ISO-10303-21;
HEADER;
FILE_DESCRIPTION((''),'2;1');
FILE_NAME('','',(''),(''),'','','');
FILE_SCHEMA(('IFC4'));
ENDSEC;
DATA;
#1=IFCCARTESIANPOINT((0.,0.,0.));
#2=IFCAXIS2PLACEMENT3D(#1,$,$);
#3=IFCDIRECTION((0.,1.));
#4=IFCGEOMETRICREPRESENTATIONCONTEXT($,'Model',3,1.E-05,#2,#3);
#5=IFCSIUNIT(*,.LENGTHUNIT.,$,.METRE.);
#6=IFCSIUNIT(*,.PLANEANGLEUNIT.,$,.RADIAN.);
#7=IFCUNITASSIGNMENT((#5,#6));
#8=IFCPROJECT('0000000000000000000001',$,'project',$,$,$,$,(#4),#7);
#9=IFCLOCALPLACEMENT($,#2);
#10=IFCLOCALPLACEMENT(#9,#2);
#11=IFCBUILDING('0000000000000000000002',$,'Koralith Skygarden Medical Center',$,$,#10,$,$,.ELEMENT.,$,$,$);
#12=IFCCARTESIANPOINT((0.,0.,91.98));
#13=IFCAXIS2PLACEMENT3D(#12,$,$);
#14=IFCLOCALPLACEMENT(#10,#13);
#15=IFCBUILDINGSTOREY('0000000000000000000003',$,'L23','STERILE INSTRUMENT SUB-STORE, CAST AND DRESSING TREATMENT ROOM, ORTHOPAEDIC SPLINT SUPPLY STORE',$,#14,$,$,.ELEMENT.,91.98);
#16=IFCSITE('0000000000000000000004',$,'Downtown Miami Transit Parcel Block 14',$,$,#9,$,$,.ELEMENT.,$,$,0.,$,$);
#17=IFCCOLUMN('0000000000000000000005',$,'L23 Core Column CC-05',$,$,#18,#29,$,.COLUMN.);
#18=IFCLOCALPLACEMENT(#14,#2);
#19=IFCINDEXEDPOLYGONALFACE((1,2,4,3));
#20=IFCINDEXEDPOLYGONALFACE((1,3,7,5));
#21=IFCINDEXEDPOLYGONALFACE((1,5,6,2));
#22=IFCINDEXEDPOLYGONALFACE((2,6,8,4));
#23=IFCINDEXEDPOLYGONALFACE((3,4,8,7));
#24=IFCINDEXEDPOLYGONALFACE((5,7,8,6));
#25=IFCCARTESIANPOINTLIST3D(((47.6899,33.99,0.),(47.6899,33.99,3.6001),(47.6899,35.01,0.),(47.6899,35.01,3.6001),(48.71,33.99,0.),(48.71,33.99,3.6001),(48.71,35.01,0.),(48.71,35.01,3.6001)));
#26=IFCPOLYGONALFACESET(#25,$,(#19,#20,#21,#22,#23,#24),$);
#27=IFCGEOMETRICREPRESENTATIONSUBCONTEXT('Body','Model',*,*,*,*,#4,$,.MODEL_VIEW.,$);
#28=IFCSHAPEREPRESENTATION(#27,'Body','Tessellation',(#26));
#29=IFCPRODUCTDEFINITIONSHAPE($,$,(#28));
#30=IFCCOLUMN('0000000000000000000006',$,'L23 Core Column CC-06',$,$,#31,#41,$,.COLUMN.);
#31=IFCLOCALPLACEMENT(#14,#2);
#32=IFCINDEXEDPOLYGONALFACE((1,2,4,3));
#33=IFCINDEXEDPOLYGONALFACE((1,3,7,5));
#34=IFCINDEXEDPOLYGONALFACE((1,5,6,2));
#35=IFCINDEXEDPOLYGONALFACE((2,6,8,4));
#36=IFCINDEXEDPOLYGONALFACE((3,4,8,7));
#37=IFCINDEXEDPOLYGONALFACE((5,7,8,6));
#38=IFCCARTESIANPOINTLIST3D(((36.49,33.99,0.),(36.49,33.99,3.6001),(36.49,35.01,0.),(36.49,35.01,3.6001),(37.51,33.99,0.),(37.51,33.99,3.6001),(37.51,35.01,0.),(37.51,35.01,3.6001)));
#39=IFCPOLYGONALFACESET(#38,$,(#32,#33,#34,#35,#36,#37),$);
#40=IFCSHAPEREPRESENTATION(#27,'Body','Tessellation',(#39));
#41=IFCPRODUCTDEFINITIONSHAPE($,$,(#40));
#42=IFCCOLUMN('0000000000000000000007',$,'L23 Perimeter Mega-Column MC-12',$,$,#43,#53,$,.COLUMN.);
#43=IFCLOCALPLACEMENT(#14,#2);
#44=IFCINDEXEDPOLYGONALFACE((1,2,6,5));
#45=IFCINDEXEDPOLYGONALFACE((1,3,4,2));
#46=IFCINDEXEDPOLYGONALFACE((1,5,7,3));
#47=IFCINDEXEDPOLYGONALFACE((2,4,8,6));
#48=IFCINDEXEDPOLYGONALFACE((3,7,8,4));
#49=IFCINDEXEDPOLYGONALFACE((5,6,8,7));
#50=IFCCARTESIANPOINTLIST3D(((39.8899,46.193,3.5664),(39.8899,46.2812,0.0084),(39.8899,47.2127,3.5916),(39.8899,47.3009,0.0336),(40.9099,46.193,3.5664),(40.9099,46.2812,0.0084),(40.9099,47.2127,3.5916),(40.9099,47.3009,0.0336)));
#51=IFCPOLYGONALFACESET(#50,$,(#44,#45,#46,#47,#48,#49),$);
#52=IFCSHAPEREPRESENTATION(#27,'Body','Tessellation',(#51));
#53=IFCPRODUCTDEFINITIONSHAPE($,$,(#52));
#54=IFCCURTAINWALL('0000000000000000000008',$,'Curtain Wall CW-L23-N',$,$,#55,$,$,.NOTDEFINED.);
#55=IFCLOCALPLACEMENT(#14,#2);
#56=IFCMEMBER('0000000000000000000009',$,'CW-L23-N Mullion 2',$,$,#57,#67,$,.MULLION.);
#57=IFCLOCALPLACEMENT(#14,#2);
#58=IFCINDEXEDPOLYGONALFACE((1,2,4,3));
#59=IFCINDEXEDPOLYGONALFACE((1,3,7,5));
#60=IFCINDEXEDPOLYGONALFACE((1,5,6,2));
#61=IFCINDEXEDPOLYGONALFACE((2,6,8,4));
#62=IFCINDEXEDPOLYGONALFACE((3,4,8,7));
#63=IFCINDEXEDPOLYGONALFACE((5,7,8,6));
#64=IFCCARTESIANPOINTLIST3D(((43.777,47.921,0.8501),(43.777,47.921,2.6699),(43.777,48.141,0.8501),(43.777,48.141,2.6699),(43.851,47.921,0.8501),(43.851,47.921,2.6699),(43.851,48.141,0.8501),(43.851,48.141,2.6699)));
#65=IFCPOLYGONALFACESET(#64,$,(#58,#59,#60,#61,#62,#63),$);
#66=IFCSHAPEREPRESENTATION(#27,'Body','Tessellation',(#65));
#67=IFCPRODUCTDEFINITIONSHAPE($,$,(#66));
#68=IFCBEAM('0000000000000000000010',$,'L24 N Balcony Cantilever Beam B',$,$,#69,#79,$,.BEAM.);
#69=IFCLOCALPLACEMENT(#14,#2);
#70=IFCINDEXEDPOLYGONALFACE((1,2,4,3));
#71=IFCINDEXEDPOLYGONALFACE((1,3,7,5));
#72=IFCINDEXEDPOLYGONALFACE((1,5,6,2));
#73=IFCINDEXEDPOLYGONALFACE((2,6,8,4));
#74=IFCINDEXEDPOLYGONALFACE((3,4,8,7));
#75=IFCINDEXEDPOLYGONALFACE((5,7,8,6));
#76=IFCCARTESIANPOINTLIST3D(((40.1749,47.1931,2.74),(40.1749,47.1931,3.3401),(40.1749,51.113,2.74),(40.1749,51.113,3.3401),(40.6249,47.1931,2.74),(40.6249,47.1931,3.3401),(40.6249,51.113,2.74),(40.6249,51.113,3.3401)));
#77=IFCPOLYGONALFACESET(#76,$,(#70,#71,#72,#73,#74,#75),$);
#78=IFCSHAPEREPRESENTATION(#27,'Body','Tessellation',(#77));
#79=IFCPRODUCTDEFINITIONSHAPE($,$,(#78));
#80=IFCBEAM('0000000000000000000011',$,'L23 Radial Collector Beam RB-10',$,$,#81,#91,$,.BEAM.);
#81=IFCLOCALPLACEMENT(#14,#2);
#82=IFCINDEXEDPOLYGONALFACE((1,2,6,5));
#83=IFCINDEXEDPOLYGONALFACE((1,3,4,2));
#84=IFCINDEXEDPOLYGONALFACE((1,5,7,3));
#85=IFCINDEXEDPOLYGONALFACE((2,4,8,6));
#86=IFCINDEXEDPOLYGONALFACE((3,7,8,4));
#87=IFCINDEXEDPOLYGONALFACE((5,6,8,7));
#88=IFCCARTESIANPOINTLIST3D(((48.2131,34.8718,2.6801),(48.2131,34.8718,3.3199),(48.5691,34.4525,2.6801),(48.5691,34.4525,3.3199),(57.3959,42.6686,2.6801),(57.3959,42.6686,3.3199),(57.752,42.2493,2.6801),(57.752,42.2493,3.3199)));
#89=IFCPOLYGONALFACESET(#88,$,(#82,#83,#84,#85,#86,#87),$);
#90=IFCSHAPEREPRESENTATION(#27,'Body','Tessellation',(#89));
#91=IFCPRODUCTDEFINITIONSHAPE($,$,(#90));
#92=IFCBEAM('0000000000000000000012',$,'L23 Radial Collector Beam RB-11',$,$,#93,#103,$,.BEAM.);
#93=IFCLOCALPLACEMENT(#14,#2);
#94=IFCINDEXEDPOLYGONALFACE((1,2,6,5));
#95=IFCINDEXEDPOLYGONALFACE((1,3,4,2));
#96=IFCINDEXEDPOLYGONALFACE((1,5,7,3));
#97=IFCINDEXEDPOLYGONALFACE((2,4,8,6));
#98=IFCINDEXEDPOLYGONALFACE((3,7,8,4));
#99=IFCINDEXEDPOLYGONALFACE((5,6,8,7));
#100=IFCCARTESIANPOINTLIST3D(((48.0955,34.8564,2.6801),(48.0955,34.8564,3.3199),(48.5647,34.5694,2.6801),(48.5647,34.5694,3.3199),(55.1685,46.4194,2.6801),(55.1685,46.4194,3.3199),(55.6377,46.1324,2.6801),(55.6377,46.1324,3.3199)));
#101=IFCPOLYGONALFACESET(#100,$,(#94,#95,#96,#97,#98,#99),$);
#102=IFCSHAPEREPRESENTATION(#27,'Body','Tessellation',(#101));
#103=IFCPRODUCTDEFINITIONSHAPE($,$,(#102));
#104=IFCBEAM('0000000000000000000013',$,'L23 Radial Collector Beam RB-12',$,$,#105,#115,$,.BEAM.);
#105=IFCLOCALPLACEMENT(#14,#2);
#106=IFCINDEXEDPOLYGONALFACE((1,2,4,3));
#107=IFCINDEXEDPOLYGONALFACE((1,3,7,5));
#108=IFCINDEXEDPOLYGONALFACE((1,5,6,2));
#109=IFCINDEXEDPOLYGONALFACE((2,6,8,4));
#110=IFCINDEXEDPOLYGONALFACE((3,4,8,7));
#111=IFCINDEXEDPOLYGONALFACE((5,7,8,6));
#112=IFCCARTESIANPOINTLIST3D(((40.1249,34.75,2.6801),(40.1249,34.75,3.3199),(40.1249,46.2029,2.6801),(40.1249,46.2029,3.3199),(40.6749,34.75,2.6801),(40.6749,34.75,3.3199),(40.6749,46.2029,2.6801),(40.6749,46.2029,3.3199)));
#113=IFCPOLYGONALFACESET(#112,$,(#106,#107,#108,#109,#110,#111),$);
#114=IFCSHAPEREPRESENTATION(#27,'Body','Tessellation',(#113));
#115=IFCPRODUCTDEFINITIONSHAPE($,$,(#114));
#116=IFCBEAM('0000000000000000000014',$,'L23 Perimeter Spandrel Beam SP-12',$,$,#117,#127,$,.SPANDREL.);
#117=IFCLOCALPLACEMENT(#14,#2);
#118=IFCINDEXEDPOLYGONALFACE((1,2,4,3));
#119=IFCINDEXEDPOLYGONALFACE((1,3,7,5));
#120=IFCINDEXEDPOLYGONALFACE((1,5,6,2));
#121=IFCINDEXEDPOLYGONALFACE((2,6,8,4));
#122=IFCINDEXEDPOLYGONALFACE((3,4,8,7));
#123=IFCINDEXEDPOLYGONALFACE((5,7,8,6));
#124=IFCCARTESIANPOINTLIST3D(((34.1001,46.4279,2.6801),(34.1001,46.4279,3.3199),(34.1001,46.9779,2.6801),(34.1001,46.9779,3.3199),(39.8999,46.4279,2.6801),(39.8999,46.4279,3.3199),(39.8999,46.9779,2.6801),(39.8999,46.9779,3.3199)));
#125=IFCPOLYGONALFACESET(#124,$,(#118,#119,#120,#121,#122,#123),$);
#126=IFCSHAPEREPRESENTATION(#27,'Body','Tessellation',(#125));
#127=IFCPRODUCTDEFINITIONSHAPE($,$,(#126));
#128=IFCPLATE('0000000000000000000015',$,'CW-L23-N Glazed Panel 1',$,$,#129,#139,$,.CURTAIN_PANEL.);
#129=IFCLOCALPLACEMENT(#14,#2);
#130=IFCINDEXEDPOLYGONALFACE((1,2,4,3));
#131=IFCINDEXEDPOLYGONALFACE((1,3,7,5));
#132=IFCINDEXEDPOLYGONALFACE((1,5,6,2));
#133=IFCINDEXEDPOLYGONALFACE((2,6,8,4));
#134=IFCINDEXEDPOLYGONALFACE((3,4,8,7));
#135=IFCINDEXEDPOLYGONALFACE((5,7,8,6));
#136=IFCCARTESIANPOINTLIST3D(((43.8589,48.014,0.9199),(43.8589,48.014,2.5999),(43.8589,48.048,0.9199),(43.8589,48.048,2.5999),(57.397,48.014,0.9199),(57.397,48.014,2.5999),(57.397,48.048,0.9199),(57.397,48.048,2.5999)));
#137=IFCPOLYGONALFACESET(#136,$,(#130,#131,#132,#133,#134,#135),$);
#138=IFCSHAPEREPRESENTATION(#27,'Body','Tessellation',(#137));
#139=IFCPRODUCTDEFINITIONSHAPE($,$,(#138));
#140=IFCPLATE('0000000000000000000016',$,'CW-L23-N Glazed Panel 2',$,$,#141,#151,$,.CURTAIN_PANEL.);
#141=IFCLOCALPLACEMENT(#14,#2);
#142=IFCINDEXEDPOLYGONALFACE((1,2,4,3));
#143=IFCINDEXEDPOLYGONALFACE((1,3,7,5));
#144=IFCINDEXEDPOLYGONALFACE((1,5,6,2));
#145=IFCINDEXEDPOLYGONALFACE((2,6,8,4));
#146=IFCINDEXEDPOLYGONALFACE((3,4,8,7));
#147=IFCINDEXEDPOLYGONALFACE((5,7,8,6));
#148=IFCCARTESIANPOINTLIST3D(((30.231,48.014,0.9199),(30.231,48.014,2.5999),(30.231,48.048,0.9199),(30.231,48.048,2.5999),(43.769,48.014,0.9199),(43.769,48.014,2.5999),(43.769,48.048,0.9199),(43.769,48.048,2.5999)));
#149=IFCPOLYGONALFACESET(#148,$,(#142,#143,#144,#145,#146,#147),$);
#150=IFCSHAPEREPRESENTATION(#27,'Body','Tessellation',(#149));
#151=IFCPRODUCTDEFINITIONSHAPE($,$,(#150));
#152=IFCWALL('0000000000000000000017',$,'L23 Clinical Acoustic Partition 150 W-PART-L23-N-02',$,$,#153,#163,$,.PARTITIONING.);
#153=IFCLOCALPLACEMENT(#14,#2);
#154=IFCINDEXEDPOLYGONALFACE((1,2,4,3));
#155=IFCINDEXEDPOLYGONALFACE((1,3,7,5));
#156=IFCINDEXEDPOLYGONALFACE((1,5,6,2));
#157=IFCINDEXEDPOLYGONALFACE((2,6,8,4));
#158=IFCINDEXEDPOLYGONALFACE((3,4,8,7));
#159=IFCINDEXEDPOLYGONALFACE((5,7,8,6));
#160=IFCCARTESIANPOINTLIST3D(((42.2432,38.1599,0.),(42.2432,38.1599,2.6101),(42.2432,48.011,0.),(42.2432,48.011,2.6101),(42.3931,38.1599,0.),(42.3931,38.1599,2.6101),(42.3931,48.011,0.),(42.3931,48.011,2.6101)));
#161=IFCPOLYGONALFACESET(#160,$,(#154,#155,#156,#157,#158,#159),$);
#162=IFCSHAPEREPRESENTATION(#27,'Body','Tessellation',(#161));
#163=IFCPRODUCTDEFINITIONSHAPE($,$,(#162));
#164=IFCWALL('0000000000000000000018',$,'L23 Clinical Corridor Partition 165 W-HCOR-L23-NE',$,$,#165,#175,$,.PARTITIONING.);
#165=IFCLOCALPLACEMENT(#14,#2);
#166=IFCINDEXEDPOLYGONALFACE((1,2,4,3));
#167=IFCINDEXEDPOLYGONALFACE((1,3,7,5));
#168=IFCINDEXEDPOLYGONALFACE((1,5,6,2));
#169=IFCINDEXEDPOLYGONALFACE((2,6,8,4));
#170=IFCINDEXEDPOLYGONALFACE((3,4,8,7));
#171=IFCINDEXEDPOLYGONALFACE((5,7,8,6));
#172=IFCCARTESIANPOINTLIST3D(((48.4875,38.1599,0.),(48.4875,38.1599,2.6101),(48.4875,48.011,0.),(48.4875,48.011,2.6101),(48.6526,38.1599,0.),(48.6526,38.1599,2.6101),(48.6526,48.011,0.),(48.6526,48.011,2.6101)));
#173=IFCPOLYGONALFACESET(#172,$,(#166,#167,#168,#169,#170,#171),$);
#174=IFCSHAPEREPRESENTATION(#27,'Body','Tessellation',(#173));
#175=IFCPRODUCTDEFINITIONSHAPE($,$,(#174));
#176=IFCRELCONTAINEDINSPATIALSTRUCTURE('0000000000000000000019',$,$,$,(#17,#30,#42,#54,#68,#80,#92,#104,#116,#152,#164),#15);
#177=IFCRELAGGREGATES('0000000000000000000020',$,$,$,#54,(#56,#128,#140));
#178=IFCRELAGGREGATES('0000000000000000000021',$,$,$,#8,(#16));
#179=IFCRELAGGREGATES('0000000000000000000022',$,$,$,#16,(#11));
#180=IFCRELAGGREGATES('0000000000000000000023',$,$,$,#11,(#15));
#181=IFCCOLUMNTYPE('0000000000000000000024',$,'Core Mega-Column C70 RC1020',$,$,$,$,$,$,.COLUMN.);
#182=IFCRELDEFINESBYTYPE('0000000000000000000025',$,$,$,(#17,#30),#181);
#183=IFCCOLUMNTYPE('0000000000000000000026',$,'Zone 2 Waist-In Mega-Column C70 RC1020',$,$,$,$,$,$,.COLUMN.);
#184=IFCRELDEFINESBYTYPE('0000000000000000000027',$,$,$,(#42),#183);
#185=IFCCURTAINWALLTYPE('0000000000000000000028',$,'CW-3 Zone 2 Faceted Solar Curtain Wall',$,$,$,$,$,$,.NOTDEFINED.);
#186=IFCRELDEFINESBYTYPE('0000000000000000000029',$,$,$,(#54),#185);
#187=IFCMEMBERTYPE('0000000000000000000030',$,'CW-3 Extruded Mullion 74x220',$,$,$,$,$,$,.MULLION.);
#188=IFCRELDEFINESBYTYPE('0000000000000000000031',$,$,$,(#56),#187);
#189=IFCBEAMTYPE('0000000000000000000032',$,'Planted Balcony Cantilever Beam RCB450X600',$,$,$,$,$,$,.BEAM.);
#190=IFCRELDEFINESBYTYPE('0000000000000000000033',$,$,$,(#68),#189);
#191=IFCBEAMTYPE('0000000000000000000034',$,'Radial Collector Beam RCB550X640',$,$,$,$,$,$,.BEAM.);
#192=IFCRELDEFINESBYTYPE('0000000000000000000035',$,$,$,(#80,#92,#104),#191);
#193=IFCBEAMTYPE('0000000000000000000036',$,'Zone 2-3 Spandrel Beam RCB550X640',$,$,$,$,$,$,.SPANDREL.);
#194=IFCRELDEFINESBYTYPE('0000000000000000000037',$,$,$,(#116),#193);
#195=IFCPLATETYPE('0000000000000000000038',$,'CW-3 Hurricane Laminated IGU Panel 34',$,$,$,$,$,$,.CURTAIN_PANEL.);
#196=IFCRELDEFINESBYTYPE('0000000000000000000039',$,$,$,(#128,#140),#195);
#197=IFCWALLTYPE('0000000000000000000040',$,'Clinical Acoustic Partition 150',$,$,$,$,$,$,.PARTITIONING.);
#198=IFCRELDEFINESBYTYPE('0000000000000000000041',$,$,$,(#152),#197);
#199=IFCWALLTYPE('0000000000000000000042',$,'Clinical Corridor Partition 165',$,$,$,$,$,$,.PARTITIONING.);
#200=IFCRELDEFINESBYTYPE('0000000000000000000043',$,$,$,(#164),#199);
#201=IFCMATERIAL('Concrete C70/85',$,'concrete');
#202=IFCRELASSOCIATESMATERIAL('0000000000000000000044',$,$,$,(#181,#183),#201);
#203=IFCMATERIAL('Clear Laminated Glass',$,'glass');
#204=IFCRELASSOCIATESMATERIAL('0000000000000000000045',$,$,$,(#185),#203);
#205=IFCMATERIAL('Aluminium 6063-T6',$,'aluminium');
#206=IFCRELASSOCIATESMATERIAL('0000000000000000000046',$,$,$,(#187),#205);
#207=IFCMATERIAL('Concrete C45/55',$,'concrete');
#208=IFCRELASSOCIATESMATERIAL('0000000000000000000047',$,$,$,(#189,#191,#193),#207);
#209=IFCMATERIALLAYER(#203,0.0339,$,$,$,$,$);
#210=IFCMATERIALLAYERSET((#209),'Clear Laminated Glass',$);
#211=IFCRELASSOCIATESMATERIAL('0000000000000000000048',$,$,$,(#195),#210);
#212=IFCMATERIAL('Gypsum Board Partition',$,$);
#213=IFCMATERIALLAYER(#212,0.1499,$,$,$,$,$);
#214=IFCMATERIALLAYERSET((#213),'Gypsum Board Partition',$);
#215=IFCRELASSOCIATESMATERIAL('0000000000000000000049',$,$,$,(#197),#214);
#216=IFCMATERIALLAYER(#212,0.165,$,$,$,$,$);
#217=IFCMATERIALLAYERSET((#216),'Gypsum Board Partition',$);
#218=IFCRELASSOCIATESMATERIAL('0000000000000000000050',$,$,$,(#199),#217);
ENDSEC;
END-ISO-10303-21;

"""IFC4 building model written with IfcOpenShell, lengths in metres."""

from ifc_helpers import new_model, si_unit, direction, frame, frame_2d, origin, origin_2d, place, context, subcontext, project, spatial, rectangle, extrude, material, layer, layer_set, material_profile, profile_set, type_object, element, aggregate, save


model = new_model("IFC4")

# Units and contexts
model_context = context("Model", 3, precision=1e-05, world=origin(), true_north=direction((0.0, 1.0)))
body_context = subcontext(model_context, "Body", "Model", "MODEL_VIEW")
ifc_project = project(units=[si_unit("LENGTHUNIT", "METRE"), si_unit("PLANEANGLEUNIT", "RADIAN")], contexts=[model_context])

# Site, building, storey
site_placement = place(None, origin())
site = spatial("IfcSite", under=ifc_project, at=site_placement, Name="Downtown Miami Transit Parcel Block 14", CompositionType="ELEMENT", RefElevation=0.0)
building_placement = place(site_placement, origin())
building = spatial("IfcBuilding", under=site, at=building_placement, Name="Koralith Skygarden Medical Center", CompositionType="ELEMENT")
storey_placement = place(building_placement, frame((0.0, 0.0, 91.98)))
storey = spatial("IfcBuildingStorey", under=building, at=storey_placement, Name="L23", Description="STERILE INSTRUMENT SUB-STORE, CAST AND DRESSING TREATMENT ROOM, ORTHOPAEDIC SPLINT SUPPLY STORE", CompositionType="ELEMENT", Elevation=91.98)

# Columns
ifc_material_1 = material(Name="Concrete C70/85", Category="concrete")
ifc_material_profile_1 = material_profile(ifc_material_1, rectangle(XDim=1.02, YDim=1.02, at=origin_2d()), Name="RC1020X1020")
ifc_profile_set_1 = profile_set([ifc_material_profile_1], Name="Concrete C70/85")
column_type_1 = type_object("IfcColumnType", Name="Core Mega-Column C70 RC1020", PredefinedType="COLUMN", material=ifc_profile_set_1)
for number, where, z_axis, x_axis, name in (
    (1, (48.2, 34.5, 0.0), (0.0, 0.0, 1.0), (1.0, 0.0, 0.0), "L23 Core Column CC-05"),
    (2, (37.0, 34.5, 0.0), (0.0, 0.0, 1.0), (1.0, 0.0, 0.0), "L23 Core Column CC-06"),
):
    element("IfcColumn", number, at=place(storey_placement, frame(where, z_axis=z_axis, x_axis=x_axis)), inside=storey, type_object=column_type_1, Name=name, PredefinedType="COLUMN", context=body_context, shape_type="SweptSolid", body=[
        extrude(rectangle(XDim=1.02, YDim=1.02, at=origin_2d()), origin(), (0.0, 0.0, 1.0), 3.6001),
    ])
ifc_material_profile_2 = material_profile(ifc_material_1, rectangle(XDim=1.02, YDim=1.02, at=origin_2d()), Name="RC1020X1020")
ifc_profile_set_2 = profile_set([ifc_material_profile_2], Name="Concrete C70/85")
column_type_2 = type_object("IfcColumnType", Name="Zone 2 Waist-In Mega-Column C70 RC1020", PredefinedType="COLUMN", material=ifc_profile_set_2)
column_placement = place(storey_placement, frame((40.3999, 46.791, 0.021), z_axis=(0.0, -0.024763, 0.999693), x_axis=(1.0, 0.0, 0.0)))
element("IfcColumn", 3, at=column_placement, inside=storey, type_object=column_type_2, Name="L23 Perimeter Mega-Column MC-12", PredefinedType="COLUMN", context=body_context, shape_type="SweptSolid", body=[
    extrude(rectangle(XDim=1.02, YDim=1.02, at=origin_2d()), origin(), (0.0, 0.0, 1.0), 3.5591),
])

# Curtain wall, member
ifc_material_2 = material(Name="Clear Laminated Glass", Category="glass")
curtain_wall_type = type_object("IfcCurtainWallType", Name="CW-3 Zone 2 Faceted Solar Curtain Wall", PredefinedType="NOTDEFINED", material=ifc_material_2)
curtain_wall_placement = place(storey_placement, origin())
curtain_wall = element("IfcCurtainWall", 4, at=curtain_wall_placement, inside=storey, type_object=curtain_wall_type, Name="Curtain Wall CW-L23-N", PredefinedType="NOTDEFINED")
ifc_material_3 = material(Name="Aluminium 6063-T6", Category="aluminium")
ifc_material_profile_3 = material_profile(ifc_material_3, rectangle(XDim=0.074, YDim=0.22, at=origin_2d()), Name="MUL74X220")
ifc_profile_set_3 = profile_set([ifc_material_profile_3], Name="Aluminium 6063-T6")
member_type = type_object("IfcMemberType", Name="CW-3 Extruded Mullion 74x220", PredefinedType="MULLION", material=ifc_profile_set_3)
member_placement = place(storey_placement, frame((43.814, 48.031, 0.8501), z_axis=(0.0, 0.0, 1.0), x_axis=(1.0, 0.0, 0.0)))
member = element("IfcMember", 5, at=member_placement, type_object=member_type, Name="CW-L23-N Mullion 2", PredefinedType="MULLION", context=body_context, shape_type="SweptSolid", body=[
    extrude(rectangle(XDim=0.074, YDim=0.22, at=origin_2d()), origin(), (0.0, 0.0, 1.0), 1.8198),
])

# Beams
ifc_material_4 = material(Name="Concrete C45/55", Category="concrete")
ifc_material_profile_4 = material_profile(ifc_material_4, rectangle(XDim=0.45, YDim=0.6001, at=origin_2d()), Name="RCB450X600")
ifc_profile_set_4 = profile_set([ifc_material_profile_4], Name="Concrete C45/55")
beam_type_1 = type_object("IfcBeamType", Name="Planted Balcony Cantilever Beam RCB450X600", PredefinedType="BEAM", material=ifc_profile_set_4)
beam_1_placement = place(storey_placement, frame((40.3999, 47.1931, 3.04), z_axis=(0.0, 1.0, 0.0), x_axis=(-1.0, 0.0, 0.0)))
element("IfcBeam", 6, at=beam_1_placement, inside=storey, type_object=beam_type_1, Name="L24 N Balcony Cantilever Beam B", PredefinedType="BEAM", context=body_context, shape_type="SweptSolid", body=[
    extrude(rectangle(XDim=0.45, YDim=0.6001, at=origin_2d()), origin(), (0.0, 0.0, 1.0), 3.9199),
])
ifc_material_profile_5 = material_profile(ifc_material_4, rectangle(XDim=0.55, YDim=0.6399, at=origin_2d()), Name="RCB550X640")
ifc_profile_set_5 = profile_set([ifc_material_profile_5], Name="Concrete C45/55")
beam_type_2 = type_object("IfcBeamType", Name="Radial Collector Beam RCB550X640", PredefinedType="BEAM", material=ifc_profile_set_5)
beam_2_placement = place(storey_placement, frame((48.3911, 34.6621, 3.0), z_axis=(0.76229, 0.647236, 0.0), x_axis=(-0.647236, 0.76229, 0.0)))
element("IfcBeam", 7, at=beam_2_placement, inside=storey, type_object=beam_type_2, Name="L23 Radial Collector Beam RB-10", PredefinedType="BEAM", context=body_context, shape_type="SweptSolid", body=[
    extrude(rectangle(XDim=0.55, YDim=0.6399, at=origin_2d()), origin(), (0.0, 0.0, 1.0), 12.0464),
])
beam_3_placement = place(storey_placement, frame((48.3301, 34.7129, 3.0), z_axis=(0.521811, 0.853061, 0.0), x_axis=(-0.853061, 0.521811, 0.0)))
element("IfcBeam", 8, at=beam_3_placement, inside=storey, type_object=beam_type_2, Name="L23 Radial Collector Beam RB-11", PredefinedType="BEAM", context=body_context, shape_type="SweptSolid", body=[
    extrude(rectangle(XDim=0.55, YDim=0.6399, at=origin_2d()), origin(), (0.0, 0.0, 1.0), 13.5547),
])
beam_4_placement = place(storey_placement, frame((40.3999, 34.75, 3.0), z_axis=(0.0, 1.0, 0.0), x_axis=(-1.0, 0.0, 0.0)))
element("IfcBeam", 9, at=beam_4_placement, inside=storey, type_object=beam_type_2, Name="L23 Radial Collector Beam RB-12", PredefinedType="BEAM", context=body_context, shape_type="SweptSolid", body=[
    extrude(rectangle(XDim=0.55, YDim=0.6399, at=origin_2d()), origin(), (0.0, 0.0, 1.0), 11.4529),
])
ifc_material_profile_6 = material_profile(ifc_material_4, rectangle(XDim=0.55, YDim=0.6399, at=origin_2d()), Name="RCB550X640")
ifc_profile_set_6 = profile_set([ifc_material_profile_6], Name="Concrete C45/55")
beam_type_3 = type_object("IfcBeamType", Name="Zone 2-3 Spandrel Beam RCB550X640", PredefinedType="SPANDREL", material=ifc_profile_set_6)
beam_5_placement = place(storey_placement, frame((39.8999, 46.7029, 3.0), z_axis=(-1.0, 0.0, 0.0), x_axis=(0.0, -1.0, 0.0)))
element("IfcBeam", 10, at=beam_5_placement, inside=storey, type_object=beam_type_3, Name="L23 Perimeter Spandrel Beam SP-12", PredefinedType="SPANDREL", context=body_context, shape_type="SweptSolid", body=[
    extrude(rectangle(XDim=0.55, YDim=0.6399, at=origin_2d()), origin(), (0.0, 0.0, 1.0), 5.7998),
])

# Plates
ifc_layer_1 = layer(ifc_material_2, 0.0339)
ifc_layer_set_1 = layer_set([ifc_layer_1], Name="Clear Laminated Glass")
plate_type = type_object("IfcPlateType", Name="CW-3 Hurricane Laminated IGU Panel 34", PredefinedType="CURTAIN_PANEL", material=ifc_layer_set_1)
plate_1_placement = place(storey_placement, frame((50.6279, 48.031, 0.9199), z_axis=(0.0, 0.0, 1.0), x_axis=(-1.0, 0.0, 0.0)))
plate_1 = element("IfcPlate", 11, at=plate_1_placement, type_object=plate_type, Name="CW-L23-N Glazed Panel 1", PredefinedType="CURTAIN_PANEL", context=body_context, shape_type="SweptSolid", body=[
    extrude(rectangle(XDim=13.5381, YDim=0.0339, at=origin_2d()), origin(), (0.0, 0.0, 1.0), 1.6799),
])
plate_2_placement = place(storey_placement, frame((37.0, 48.031, 0.9199), z_axis=(0.0, 0.0, 1.0), x_axis=(-1.0, 0.0, 0.0)))
plate_2 = element("IfcPlate", 12, at=plate_2_placement, type_object=plate_type, Name="CW-L23-N Glazed Panel 2", PredefinedType="CURTAIN_PANEL", context=body_context, shape_type="SweptSolid", body=[
    extrude(rectangle(XDim=13.5381, YDim=0.0339, at=origin_2d()), origin(), (0.0, 0.0, 1.0), 1.6799),
])
aggregate(curtain_wall, [member, plate_1, plate_2])

# Walls
ifc_material_5 = material(Name="Gypsum Board Partition")
ifc_layer_2 = layer(ifc_material_5, 0.1499)
ifc_layer_set_2 = layer_set([ifc_layer_2], Name="Gypsum Board Partition")
wall_type_1 = type_object("IfcWallType", Name="Clinical Acoustic Partition 150", PredefinedType="PARTITIONING", material=ifc_layer_set_2)
wall_1_placement = place(storey_placement, frame((42.3181, 38.1599, 0.0), z_axis=(0.0, 0.0, 1.0), x_axis=(0.0, 1.0, 0.0)))
element("IfcWall", 13, at=wall_1_placement, inside=storey, type_object=wall_type_1, Name="L23 Clinical Acoustic Partition 150 W-PART-L23-N-02", PredefinedType="PARTITIONING", context=body_context, shape_type="SweptSolid", body=[
    extrude(rectangle(XDim=9.8511, YDim=0.1499, at=frame_2d((4.9255, 0.0))), origin(), (0.0, 0.0, 1.0), 2.6101),
])
ifc_layer_3 = layer(ifc_material_5, 0.165)
ifc_layer_set_3 = layer_set([ifc_layer_3], Name="Gypsum Board Partition")
wall_type_2 = type_object("IfcWallType", Name="Clinical Corridor Partition 165", PredefinedType="PARTITIONING", material=ifc_layer_set_3)
wall_2_placement = place(storey_placement, frame((48.5701, 38.1599, 0.0), z_axis=(0.0, 0.0, 1.0), x_axis=(0.0, 1.0, 0.0)))
element("IfcWall", 14, at=wall_2_placement, inside=storey, type_object=wall_type_2, Name="L23 Clinical Corridor Partition 165 W-HCOR-L23-NE", PredefinedType="PARTITIONING", context=body_context, shape_type="SweptSolid", body=[
    extrude(rectangle(XDim=9.8511, YDim=0.165, at=frame_2d((4.9255, 0.0))), origin(), (0.0, 0.0, 1.0), 2.6101),
])

save(model, "model.ifc")
